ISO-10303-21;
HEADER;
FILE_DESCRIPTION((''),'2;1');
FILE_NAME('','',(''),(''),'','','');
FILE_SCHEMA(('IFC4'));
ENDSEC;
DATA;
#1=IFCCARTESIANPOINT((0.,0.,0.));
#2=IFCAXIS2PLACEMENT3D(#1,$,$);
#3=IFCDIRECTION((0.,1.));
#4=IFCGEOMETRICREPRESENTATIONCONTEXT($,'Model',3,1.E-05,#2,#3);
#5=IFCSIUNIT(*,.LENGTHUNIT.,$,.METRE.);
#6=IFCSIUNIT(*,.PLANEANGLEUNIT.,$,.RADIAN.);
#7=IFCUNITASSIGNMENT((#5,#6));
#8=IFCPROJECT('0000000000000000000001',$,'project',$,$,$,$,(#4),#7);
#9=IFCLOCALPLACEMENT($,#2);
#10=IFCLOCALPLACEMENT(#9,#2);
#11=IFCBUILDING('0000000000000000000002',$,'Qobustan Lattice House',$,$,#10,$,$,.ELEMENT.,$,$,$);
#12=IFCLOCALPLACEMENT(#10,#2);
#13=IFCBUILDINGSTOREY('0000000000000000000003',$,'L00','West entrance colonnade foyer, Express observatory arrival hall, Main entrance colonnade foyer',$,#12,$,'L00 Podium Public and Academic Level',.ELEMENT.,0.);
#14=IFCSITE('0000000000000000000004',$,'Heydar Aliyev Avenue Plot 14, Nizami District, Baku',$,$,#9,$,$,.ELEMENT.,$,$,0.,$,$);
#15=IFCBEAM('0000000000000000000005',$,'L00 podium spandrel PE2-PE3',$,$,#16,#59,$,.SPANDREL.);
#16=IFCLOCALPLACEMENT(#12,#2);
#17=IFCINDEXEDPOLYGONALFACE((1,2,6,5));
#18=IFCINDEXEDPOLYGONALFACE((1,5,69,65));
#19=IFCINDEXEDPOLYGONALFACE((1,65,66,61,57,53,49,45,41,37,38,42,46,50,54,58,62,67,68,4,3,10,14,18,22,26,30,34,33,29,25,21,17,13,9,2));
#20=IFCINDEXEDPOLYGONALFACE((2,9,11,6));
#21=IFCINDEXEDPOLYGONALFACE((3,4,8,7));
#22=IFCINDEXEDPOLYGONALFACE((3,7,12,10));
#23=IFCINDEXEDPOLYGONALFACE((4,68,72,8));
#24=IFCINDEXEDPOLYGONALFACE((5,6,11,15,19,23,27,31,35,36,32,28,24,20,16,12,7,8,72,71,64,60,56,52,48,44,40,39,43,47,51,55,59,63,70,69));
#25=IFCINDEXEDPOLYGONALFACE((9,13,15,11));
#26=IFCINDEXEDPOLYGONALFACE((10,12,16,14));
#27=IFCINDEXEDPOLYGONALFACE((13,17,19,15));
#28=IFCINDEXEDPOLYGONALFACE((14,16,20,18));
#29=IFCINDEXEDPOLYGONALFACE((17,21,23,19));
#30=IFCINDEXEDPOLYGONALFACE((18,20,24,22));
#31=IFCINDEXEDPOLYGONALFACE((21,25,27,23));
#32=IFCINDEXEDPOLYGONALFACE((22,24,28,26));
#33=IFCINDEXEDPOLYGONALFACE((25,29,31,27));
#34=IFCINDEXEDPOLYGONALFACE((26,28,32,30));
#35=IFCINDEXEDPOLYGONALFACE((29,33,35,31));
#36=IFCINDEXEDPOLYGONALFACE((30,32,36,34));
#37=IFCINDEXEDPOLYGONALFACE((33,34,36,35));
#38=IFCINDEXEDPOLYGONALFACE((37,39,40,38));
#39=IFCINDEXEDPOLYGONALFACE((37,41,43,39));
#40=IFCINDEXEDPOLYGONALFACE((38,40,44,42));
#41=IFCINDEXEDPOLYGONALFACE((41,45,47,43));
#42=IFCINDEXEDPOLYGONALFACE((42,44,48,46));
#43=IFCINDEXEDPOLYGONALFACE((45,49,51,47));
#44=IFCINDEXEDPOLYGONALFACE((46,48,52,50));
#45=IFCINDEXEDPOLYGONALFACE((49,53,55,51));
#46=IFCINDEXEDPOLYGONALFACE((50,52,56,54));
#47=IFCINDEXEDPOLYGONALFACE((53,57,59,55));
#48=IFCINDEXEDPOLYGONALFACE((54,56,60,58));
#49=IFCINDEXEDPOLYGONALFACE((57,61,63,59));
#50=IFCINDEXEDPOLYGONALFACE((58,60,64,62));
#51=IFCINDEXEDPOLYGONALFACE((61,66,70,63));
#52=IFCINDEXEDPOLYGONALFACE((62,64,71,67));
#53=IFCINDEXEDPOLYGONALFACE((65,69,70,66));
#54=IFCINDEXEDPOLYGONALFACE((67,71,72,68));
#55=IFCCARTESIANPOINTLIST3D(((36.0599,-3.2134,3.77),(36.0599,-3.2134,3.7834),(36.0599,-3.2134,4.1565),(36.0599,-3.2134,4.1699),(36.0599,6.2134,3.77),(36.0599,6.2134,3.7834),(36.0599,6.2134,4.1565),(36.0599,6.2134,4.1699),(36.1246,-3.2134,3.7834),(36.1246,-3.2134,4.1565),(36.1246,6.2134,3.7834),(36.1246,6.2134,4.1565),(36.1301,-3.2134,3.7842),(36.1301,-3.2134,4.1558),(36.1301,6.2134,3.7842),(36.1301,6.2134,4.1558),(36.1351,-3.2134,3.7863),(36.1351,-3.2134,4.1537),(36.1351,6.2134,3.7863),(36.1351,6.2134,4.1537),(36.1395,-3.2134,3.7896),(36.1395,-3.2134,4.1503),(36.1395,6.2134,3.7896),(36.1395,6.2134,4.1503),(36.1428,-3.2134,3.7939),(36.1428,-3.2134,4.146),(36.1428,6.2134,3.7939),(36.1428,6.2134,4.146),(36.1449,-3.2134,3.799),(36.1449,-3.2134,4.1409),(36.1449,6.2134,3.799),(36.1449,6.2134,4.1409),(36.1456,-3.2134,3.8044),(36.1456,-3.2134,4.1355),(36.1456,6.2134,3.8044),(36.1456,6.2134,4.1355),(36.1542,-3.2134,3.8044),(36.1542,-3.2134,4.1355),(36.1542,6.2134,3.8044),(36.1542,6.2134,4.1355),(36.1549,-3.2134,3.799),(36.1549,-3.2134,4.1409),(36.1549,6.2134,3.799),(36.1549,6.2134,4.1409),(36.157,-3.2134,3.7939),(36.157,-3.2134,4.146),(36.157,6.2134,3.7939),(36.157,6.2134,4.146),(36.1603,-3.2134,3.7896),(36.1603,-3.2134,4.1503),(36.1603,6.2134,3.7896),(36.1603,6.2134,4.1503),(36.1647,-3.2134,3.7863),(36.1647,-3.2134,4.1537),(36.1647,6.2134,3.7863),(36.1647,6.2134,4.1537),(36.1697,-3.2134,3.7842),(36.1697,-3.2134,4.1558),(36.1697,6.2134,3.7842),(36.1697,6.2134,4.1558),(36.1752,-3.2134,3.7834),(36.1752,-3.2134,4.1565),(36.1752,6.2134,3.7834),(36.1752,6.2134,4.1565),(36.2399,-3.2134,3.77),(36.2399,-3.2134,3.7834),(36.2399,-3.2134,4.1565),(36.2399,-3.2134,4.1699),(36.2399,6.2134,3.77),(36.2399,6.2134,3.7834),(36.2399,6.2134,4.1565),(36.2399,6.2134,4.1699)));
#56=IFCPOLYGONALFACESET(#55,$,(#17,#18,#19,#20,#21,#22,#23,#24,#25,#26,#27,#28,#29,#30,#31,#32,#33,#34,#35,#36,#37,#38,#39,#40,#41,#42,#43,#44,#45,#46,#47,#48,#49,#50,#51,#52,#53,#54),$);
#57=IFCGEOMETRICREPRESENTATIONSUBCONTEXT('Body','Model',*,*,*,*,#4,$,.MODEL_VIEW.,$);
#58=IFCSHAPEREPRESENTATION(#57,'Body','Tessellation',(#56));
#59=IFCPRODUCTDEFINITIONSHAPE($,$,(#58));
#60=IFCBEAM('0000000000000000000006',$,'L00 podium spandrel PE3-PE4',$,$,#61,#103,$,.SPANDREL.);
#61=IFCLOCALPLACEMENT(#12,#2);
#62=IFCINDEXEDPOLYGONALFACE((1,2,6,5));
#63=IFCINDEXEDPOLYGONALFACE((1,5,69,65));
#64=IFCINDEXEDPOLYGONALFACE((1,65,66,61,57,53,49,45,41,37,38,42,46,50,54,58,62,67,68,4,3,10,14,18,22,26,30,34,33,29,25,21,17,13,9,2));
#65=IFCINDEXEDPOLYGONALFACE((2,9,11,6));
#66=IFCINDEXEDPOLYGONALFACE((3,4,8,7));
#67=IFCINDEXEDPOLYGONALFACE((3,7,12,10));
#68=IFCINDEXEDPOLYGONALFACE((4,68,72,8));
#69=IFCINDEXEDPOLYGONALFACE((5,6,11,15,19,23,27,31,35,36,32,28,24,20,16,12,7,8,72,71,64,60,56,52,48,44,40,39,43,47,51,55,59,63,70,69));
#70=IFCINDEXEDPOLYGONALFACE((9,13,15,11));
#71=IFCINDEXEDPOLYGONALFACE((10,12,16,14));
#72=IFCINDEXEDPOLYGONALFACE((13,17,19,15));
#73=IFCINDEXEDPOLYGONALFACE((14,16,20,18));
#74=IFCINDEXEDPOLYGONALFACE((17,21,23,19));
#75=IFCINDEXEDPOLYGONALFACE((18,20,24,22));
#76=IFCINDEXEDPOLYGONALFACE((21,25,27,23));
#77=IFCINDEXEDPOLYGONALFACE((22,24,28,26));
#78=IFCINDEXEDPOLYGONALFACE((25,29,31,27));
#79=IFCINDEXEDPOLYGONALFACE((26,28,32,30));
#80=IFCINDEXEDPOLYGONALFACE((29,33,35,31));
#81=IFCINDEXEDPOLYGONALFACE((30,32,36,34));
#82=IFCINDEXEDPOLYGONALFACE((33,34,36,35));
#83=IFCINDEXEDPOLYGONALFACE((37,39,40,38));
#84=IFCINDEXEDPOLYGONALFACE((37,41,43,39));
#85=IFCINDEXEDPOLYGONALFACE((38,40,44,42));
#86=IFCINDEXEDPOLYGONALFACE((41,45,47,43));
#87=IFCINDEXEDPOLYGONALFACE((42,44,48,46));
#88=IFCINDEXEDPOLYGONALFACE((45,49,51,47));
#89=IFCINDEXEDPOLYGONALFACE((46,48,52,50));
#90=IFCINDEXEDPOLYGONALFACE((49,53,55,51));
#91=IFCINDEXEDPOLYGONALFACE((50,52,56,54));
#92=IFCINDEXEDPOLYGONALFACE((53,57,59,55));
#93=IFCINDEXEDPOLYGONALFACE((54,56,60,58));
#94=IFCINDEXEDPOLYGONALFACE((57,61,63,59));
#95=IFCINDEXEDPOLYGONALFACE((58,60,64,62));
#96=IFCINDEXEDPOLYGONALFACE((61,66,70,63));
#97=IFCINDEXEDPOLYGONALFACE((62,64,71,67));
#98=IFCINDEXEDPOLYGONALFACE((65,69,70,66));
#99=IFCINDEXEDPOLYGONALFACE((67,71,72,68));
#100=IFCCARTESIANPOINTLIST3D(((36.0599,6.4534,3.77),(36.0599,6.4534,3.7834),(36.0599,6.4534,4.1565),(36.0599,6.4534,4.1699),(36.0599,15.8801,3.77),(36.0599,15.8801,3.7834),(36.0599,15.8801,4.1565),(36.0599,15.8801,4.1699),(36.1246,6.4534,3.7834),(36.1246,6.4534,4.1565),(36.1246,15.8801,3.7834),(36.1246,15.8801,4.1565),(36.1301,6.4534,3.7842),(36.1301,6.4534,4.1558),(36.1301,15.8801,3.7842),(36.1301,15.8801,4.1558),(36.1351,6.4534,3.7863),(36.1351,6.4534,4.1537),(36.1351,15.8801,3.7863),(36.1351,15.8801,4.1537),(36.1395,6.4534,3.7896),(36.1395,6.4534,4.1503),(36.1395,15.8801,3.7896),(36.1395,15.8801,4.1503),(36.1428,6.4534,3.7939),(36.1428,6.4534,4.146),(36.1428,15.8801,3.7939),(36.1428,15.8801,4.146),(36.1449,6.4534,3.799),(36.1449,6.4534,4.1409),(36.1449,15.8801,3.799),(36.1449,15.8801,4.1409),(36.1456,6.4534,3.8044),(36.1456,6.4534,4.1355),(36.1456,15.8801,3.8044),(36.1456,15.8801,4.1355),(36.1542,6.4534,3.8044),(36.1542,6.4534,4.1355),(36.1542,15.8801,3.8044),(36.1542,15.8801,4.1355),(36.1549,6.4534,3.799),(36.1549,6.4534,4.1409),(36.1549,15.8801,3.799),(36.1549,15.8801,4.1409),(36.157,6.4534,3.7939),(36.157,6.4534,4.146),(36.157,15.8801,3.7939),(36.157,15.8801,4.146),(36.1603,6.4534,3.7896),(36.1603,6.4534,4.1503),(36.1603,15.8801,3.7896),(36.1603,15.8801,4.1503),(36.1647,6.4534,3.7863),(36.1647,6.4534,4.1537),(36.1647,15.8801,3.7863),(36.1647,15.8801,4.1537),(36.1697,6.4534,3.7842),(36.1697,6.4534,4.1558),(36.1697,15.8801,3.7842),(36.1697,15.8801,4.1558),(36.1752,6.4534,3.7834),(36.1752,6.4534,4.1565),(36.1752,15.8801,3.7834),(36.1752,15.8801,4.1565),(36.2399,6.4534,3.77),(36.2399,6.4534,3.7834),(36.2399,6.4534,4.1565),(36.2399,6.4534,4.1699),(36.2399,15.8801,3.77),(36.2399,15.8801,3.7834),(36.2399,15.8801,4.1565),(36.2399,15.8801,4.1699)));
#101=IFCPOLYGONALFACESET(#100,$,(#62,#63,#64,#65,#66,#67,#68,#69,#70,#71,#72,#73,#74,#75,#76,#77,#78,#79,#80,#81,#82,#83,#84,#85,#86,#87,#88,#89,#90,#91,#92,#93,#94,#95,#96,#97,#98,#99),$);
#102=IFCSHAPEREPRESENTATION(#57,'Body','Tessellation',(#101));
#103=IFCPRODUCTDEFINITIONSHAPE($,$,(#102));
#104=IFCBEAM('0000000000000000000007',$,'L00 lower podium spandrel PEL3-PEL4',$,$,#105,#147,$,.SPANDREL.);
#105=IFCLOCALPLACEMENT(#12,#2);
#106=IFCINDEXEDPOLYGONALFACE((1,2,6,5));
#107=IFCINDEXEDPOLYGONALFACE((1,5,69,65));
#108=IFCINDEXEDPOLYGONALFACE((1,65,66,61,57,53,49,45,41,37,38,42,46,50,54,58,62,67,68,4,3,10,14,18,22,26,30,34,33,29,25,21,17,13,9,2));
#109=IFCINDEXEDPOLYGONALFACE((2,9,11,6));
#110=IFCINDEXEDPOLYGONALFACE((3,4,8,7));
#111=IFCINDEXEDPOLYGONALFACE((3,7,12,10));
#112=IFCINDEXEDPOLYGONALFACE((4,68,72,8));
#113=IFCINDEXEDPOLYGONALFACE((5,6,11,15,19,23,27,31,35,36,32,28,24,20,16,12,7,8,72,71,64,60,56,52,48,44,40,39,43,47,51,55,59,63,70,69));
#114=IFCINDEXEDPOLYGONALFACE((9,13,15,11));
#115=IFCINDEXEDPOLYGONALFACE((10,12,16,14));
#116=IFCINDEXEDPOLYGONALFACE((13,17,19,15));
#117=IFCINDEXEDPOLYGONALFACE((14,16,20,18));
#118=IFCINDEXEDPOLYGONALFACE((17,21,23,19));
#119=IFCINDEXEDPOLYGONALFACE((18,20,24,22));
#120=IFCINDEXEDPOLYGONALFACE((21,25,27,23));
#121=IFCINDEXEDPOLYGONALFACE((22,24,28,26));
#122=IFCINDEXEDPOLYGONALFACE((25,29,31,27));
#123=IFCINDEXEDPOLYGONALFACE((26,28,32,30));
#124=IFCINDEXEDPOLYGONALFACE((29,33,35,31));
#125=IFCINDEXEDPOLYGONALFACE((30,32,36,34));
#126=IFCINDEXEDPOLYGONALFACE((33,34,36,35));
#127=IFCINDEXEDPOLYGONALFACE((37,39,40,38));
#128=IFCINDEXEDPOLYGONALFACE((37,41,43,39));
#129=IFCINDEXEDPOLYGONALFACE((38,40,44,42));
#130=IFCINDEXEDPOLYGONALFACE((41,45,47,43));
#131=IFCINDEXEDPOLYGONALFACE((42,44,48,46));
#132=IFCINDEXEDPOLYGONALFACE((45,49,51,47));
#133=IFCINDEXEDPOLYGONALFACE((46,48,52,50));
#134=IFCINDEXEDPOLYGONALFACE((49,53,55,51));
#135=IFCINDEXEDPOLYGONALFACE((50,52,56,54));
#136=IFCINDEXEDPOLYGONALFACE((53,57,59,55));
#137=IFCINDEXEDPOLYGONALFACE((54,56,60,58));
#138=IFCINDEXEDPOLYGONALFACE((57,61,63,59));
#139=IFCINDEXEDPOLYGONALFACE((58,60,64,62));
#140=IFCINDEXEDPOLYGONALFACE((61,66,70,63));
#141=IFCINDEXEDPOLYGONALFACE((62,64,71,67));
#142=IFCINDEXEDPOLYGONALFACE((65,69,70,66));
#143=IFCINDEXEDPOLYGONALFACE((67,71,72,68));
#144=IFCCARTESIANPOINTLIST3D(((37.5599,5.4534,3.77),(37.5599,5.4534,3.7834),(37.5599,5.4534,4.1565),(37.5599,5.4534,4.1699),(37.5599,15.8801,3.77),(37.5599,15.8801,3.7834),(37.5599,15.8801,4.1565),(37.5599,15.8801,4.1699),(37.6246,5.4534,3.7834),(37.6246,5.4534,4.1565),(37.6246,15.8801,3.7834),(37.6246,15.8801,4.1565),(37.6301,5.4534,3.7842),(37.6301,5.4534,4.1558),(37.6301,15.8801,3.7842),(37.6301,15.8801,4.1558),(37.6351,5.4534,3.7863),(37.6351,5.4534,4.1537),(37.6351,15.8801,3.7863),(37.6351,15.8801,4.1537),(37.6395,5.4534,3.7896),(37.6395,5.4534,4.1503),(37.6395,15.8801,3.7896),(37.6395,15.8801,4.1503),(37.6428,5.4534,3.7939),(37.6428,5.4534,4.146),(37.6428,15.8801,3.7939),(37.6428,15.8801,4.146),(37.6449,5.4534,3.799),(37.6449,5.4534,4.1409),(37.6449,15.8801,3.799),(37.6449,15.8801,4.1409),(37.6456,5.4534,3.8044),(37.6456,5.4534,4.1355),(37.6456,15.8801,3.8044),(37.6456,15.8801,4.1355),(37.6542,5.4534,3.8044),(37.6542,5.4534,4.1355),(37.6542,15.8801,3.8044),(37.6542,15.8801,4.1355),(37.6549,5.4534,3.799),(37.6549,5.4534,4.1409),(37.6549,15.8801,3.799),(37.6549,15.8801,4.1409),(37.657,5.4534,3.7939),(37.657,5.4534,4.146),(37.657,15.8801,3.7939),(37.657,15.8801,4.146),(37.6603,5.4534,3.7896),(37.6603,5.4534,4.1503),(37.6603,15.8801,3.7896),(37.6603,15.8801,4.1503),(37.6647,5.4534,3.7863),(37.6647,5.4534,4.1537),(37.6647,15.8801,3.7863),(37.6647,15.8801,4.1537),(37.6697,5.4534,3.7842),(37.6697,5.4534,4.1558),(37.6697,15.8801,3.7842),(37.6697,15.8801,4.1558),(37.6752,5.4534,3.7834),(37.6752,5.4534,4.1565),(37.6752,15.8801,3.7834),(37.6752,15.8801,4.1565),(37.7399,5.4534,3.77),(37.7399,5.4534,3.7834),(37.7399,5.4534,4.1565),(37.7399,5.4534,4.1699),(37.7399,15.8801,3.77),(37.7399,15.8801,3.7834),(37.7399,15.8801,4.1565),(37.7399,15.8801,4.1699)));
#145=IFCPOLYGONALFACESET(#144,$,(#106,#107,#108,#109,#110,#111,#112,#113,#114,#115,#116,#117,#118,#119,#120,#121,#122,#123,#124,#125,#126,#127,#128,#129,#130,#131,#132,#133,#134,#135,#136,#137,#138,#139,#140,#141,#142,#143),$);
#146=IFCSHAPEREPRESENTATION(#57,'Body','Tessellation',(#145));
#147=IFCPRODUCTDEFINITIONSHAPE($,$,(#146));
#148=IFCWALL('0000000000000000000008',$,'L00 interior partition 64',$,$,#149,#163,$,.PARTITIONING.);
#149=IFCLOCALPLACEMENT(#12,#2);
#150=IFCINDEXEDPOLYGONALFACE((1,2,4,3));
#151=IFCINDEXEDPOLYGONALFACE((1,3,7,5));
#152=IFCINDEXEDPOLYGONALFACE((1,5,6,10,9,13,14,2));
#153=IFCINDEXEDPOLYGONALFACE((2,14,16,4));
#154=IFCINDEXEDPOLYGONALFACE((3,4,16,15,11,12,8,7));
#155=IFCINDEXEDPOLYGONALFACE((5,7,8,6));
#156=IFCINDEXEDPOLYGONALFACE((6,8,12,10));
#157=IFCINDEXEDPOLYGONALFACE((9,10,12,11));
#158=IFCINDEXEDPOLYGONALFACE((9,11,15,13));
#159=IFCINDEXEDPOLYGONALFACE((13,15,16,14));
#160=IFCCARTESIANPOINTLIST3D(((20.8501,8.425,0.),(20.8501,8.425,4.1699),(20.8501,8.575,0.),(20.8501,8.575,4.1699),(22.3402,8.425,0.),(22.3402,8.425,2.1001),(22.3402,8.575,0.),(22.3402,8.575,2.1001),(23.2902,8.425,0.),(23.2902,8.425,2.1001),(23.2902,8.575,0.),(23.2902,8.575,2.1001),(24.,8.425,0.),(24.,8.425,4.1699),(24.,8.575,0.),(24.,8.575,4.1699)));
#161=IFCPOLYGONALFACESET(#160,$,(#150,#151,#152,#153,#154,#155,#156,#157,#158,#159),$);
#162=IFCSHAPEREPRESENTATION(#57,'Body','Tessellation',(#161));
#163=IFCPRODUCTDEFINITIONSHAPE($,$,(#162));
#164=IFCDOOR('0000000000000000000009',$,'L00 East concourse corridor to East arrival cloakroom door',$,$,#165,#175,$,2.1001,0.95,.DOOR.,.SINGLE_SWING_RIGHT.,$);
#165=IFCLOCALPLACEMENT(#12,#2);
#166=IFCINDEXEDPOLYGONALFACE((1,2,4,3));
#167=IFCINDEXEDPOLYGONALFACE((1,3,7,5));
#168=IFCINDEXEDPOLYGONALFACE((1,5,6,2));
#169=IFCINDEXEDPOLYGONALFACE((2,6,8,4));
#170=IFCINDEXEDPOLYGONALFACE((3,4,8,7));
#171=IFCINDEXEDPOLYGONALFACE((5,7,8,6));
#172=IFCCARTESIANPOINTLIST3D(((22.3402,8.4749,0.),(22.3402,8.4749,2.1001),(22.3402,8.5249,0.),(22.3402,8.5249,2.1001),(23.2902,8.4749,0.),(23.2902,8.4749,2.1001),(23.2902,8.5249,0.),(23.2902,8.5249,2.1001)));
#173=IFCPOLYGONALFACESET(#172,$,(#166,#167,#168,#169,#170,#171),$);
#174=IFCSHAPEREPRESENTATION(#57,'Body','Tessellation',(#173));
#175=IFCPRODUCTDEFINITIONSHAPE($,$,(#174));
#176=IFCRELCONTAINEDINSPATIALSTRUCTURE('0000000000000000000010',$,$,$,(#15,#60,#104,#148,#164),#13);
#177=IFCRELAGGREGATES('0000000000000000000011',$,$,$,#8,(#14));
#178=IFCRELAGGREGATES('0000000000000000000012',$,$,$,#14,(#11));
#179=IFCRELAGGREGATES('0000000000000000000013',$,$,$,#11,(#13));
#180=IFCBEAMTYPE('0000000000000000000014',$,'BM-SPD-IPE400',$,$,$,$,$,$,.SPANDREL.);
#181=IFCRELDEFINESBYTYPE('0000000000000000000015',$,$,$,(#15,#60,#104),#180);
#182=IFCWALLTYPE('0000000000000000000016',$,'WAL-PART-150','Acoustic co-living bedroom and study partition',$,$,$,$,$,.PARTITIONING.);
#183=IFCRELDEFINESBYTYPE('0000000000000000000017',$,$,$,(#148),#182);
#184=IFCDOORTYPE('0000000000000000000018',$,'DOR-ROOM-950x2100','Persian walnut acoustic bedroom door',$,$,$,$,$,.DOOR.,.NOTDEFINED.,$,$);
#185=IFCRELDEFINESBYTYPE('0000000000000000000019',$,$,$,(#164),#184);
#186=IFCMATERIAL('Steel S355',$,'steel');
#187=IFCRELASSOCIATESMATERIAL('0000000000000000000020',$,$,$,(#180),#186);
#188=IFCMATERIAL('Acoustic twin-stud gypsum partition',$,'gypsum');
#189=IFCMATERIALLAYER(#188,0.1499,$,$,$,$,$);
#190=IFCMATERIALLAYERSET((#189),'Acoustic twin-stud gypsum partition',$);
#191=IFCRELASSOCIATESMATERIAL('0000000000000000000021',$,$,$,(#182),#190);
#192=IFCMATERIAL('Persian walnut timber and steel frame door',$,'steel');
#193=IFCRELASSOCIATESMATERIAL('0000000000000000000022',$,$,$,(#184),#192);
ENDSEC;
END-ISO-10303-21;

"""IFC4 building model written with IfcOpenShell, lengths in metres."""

from ifc_helpers import new_model, si_unit, direction, frame, frame_2d, origin, origin_2d, place, context, subcontext, project, spatial, rectangle, i_section, extrude, material, layer, layer_set, material_profile, profile_set, type_object, element, fill, save


model = new_model("IFC4")

# Units and contexts
model_context = context("Model", 3, precision=1e-05, world=origin(), true_north=direction((0.0, 1.0)))
body_context = subcontext(model_context, "Body", "Model", "MODEL_VIEW")
ifc_project = project(units=[si_unit("LENGTHUNIT", "METRE"), si_unit("PLANEANGLEUNIT", "RADIAN")], contexts=[model_context])

# Site, building, storey
site_placement = place(None, origin())
site = spatial("IfcSite", under=ifc_project, at=site_placement, Name="Heydar Aliyev Avenue Plot 14, Nizami District, Baku", CompositionType="ELEMENT", RefElevation=0.0)
building_placement = place(site_placement, origin())
building = spatial("IfcBuilding", under=site, at=building_placement, Name="Qobustan Lattice House", CompositionType="ELEMENT")
storey_placement = place(building_placement, origin())
storey = spatial("IfcBuildingStorey", under=building, at=storey_placement, Name="L00", Description="West entrance colonnade foyer, Express observatory arrival hall, Main entrance colonnade foyer", LongName="L00 Podium Public and Academic Level", CompositionType="ELEMENT", Elevation=0.0)

# Beams
ifc_material_1 = material(Name="Steel S355", Category="steel")
ifc_material_profile_1 = material_profile(ifc_material_1, i_section(OverallWidth=0.1799, OverallDepth=0.3999, WebThickness=0.0085, FlangeThickness=0.0134, FilletRadius=0.021, at=origin_2d()), Name="IPE400")
ifc_profile_set_1 = profile_set([ifc_material_profile_1], Name="Steel S355")
beam_type_1 = type_object("IfcBeamType", Name="BM-SPD-IPE400", PredefinedType="SPANDREL", material=ifc_profile_set_1)
for number, where, z_axis, x_axis, name in (
    (1, (36.1499, -3.2134, 3.97), (0.0, 1.0, 0.0), (-1.0, 0.0, 0.0), "L00 podium spandrel PE2-PE3"),
    (2, (36.1499, 6.4534, 3.97), (0.0, 1.0, 0.0), (-1.0, 0.0, 0.0), "L00 podium spandrel PE3-PE4"),
):
    element("IfcBeam", number, at=place(storey_placement, frame(where, z_axis=z_axis, x_axis=x_axis)), inside=storey, type_object=beam_type_1, Name=name, PredefinedType="SPANDREL", context=body_context, shape_type="SweptSolid", body=[
        extrude(i_section(OverallWidth=0.1799, OverallDepth=0.3999, WebThickness=0.0085, FlangeThickness=0.0134, FilletRadius=0.021, at=origin_2d()), origin(), (0.0, 0.0, 1.0), 9.4268),
    ])
beam_1_placement = place(storey_placement, frame((37.6499, 5.4534, 3.97), z_axis=(0.0, 1.0, 0.0), x_axis=(-1.0, 0.0, 0.0)))
element("IfcBeam", 3, at=beam_1_placement, inside=storey, type_object=beam_type_1, Name="L00 lower podium spandrel PEL3-PEL4", PredefinedType="SPANDREL", context=body_context, shape_type="SweptSolid", body=[
    extrude(i_section(OverallWidth=0.1799, OverallDepth=0.3999, WebThickness=0.0085, FlangeThickness=0.0134, FilletRadius=0.021, at=origin_2d()), origin(), (0.0, 0.0, 1.0), 10.4268),
])

# Wall, opening, door
ifc_material_2 = material(Name="Acoustic twin-stud gypsum partition", Category="gypsum")
ifc_layer_1 = layer(ifc_material_2, 0.1499)
ifc_layer_set_1 = layer_set([ifc_layer_1], Name="Acoustic twin-stud gypsum partition")
wall_type_1 = type_object("IfcWallType", Name="WAL-PART-150", Description="Acoustic co-living bedroom and study partition", PredefinedType="PARTITIONING", material=ifc_layer_set_1)
wall_1_placement = place(storey_placement, frame((20.8501, 8.5, 0.0), z_axis=(0.0, 0.0, 1.0), x_axis=(1.0, 0.0, 0.0)))
wall_1 = element("IfcWall", 4, at=wall_1_placement, inside=storey, type_object=wall_type_1, Name="L00 interior partition 64", PredefinedType="PARTITIONING", context=body_context, shape_type="SweptSolid", body=[
    extrude(rectangle(XDim=3.1499, YDim=0.1499, at=frame_2d((1.575, 0.0))), origin(), (0.0, 0.0, 1.0), 4.1699),
])
opening_1_placement = place(wall_1_placement, frame((1.49, 0.0, 0.0)))
opening_1 = element("IfcOpeningElement", 5, at=opening_1_placement, cuts=wall_1, PredefinedType="OPENING", context=body_context, shape_type="SweptSolid", body=[
    extrude(rectangle(XDim=0.95, YDim=2.1001, at=frame_2d((0.4751, 1.05))), frame((0.0, 0.085, 0.0), z_axis=(0.0, -1.0, 0.0), x_axis=(1.0, 0.0, 0.0)), (0.0, 0.0, 1.0), 0.1699),
])
ifc_material_3 = material(Name="Persian walnut timber and steel frame door", Category="steel")
door_type_1 = type_object("IfcDoorType", Name="DOR-ROOM-950x2100", Description="Persian walnut acoustic bedroom door", OperationType="NOTDEFINED", PredefinedType="DOOR", material=ifc_material_3)
door_1_placement = place(opening_1_placement, origin())
door_1 = element("IfcDoor", 6, at=door_1_placement, inside=storey, type_object=door_type_1, Name="L00 East concourse corridor to East arrival cloakroom door", OperationType="SINGLE_SWING_RIGHT", OverallHeight=2.1001, OverallWidth=0.95, PredefinedType="DOOR", context=body_context, shape_type="SweptSolid", body=[
    extrude(rectangle(XDim=0.95, YDim=2.1001, at=frame_2d((0.4751, 1.05))), frame((0.0, 0.0249, 0.0), z_axis=(0.0, -1.0, 0.0), x_axis=(1.0, 0.0, 0.0)), (0.0, 0.0, 1.0), 0.05),
])
fill(opening_1, door_1)

save(model, "model.ifc")
